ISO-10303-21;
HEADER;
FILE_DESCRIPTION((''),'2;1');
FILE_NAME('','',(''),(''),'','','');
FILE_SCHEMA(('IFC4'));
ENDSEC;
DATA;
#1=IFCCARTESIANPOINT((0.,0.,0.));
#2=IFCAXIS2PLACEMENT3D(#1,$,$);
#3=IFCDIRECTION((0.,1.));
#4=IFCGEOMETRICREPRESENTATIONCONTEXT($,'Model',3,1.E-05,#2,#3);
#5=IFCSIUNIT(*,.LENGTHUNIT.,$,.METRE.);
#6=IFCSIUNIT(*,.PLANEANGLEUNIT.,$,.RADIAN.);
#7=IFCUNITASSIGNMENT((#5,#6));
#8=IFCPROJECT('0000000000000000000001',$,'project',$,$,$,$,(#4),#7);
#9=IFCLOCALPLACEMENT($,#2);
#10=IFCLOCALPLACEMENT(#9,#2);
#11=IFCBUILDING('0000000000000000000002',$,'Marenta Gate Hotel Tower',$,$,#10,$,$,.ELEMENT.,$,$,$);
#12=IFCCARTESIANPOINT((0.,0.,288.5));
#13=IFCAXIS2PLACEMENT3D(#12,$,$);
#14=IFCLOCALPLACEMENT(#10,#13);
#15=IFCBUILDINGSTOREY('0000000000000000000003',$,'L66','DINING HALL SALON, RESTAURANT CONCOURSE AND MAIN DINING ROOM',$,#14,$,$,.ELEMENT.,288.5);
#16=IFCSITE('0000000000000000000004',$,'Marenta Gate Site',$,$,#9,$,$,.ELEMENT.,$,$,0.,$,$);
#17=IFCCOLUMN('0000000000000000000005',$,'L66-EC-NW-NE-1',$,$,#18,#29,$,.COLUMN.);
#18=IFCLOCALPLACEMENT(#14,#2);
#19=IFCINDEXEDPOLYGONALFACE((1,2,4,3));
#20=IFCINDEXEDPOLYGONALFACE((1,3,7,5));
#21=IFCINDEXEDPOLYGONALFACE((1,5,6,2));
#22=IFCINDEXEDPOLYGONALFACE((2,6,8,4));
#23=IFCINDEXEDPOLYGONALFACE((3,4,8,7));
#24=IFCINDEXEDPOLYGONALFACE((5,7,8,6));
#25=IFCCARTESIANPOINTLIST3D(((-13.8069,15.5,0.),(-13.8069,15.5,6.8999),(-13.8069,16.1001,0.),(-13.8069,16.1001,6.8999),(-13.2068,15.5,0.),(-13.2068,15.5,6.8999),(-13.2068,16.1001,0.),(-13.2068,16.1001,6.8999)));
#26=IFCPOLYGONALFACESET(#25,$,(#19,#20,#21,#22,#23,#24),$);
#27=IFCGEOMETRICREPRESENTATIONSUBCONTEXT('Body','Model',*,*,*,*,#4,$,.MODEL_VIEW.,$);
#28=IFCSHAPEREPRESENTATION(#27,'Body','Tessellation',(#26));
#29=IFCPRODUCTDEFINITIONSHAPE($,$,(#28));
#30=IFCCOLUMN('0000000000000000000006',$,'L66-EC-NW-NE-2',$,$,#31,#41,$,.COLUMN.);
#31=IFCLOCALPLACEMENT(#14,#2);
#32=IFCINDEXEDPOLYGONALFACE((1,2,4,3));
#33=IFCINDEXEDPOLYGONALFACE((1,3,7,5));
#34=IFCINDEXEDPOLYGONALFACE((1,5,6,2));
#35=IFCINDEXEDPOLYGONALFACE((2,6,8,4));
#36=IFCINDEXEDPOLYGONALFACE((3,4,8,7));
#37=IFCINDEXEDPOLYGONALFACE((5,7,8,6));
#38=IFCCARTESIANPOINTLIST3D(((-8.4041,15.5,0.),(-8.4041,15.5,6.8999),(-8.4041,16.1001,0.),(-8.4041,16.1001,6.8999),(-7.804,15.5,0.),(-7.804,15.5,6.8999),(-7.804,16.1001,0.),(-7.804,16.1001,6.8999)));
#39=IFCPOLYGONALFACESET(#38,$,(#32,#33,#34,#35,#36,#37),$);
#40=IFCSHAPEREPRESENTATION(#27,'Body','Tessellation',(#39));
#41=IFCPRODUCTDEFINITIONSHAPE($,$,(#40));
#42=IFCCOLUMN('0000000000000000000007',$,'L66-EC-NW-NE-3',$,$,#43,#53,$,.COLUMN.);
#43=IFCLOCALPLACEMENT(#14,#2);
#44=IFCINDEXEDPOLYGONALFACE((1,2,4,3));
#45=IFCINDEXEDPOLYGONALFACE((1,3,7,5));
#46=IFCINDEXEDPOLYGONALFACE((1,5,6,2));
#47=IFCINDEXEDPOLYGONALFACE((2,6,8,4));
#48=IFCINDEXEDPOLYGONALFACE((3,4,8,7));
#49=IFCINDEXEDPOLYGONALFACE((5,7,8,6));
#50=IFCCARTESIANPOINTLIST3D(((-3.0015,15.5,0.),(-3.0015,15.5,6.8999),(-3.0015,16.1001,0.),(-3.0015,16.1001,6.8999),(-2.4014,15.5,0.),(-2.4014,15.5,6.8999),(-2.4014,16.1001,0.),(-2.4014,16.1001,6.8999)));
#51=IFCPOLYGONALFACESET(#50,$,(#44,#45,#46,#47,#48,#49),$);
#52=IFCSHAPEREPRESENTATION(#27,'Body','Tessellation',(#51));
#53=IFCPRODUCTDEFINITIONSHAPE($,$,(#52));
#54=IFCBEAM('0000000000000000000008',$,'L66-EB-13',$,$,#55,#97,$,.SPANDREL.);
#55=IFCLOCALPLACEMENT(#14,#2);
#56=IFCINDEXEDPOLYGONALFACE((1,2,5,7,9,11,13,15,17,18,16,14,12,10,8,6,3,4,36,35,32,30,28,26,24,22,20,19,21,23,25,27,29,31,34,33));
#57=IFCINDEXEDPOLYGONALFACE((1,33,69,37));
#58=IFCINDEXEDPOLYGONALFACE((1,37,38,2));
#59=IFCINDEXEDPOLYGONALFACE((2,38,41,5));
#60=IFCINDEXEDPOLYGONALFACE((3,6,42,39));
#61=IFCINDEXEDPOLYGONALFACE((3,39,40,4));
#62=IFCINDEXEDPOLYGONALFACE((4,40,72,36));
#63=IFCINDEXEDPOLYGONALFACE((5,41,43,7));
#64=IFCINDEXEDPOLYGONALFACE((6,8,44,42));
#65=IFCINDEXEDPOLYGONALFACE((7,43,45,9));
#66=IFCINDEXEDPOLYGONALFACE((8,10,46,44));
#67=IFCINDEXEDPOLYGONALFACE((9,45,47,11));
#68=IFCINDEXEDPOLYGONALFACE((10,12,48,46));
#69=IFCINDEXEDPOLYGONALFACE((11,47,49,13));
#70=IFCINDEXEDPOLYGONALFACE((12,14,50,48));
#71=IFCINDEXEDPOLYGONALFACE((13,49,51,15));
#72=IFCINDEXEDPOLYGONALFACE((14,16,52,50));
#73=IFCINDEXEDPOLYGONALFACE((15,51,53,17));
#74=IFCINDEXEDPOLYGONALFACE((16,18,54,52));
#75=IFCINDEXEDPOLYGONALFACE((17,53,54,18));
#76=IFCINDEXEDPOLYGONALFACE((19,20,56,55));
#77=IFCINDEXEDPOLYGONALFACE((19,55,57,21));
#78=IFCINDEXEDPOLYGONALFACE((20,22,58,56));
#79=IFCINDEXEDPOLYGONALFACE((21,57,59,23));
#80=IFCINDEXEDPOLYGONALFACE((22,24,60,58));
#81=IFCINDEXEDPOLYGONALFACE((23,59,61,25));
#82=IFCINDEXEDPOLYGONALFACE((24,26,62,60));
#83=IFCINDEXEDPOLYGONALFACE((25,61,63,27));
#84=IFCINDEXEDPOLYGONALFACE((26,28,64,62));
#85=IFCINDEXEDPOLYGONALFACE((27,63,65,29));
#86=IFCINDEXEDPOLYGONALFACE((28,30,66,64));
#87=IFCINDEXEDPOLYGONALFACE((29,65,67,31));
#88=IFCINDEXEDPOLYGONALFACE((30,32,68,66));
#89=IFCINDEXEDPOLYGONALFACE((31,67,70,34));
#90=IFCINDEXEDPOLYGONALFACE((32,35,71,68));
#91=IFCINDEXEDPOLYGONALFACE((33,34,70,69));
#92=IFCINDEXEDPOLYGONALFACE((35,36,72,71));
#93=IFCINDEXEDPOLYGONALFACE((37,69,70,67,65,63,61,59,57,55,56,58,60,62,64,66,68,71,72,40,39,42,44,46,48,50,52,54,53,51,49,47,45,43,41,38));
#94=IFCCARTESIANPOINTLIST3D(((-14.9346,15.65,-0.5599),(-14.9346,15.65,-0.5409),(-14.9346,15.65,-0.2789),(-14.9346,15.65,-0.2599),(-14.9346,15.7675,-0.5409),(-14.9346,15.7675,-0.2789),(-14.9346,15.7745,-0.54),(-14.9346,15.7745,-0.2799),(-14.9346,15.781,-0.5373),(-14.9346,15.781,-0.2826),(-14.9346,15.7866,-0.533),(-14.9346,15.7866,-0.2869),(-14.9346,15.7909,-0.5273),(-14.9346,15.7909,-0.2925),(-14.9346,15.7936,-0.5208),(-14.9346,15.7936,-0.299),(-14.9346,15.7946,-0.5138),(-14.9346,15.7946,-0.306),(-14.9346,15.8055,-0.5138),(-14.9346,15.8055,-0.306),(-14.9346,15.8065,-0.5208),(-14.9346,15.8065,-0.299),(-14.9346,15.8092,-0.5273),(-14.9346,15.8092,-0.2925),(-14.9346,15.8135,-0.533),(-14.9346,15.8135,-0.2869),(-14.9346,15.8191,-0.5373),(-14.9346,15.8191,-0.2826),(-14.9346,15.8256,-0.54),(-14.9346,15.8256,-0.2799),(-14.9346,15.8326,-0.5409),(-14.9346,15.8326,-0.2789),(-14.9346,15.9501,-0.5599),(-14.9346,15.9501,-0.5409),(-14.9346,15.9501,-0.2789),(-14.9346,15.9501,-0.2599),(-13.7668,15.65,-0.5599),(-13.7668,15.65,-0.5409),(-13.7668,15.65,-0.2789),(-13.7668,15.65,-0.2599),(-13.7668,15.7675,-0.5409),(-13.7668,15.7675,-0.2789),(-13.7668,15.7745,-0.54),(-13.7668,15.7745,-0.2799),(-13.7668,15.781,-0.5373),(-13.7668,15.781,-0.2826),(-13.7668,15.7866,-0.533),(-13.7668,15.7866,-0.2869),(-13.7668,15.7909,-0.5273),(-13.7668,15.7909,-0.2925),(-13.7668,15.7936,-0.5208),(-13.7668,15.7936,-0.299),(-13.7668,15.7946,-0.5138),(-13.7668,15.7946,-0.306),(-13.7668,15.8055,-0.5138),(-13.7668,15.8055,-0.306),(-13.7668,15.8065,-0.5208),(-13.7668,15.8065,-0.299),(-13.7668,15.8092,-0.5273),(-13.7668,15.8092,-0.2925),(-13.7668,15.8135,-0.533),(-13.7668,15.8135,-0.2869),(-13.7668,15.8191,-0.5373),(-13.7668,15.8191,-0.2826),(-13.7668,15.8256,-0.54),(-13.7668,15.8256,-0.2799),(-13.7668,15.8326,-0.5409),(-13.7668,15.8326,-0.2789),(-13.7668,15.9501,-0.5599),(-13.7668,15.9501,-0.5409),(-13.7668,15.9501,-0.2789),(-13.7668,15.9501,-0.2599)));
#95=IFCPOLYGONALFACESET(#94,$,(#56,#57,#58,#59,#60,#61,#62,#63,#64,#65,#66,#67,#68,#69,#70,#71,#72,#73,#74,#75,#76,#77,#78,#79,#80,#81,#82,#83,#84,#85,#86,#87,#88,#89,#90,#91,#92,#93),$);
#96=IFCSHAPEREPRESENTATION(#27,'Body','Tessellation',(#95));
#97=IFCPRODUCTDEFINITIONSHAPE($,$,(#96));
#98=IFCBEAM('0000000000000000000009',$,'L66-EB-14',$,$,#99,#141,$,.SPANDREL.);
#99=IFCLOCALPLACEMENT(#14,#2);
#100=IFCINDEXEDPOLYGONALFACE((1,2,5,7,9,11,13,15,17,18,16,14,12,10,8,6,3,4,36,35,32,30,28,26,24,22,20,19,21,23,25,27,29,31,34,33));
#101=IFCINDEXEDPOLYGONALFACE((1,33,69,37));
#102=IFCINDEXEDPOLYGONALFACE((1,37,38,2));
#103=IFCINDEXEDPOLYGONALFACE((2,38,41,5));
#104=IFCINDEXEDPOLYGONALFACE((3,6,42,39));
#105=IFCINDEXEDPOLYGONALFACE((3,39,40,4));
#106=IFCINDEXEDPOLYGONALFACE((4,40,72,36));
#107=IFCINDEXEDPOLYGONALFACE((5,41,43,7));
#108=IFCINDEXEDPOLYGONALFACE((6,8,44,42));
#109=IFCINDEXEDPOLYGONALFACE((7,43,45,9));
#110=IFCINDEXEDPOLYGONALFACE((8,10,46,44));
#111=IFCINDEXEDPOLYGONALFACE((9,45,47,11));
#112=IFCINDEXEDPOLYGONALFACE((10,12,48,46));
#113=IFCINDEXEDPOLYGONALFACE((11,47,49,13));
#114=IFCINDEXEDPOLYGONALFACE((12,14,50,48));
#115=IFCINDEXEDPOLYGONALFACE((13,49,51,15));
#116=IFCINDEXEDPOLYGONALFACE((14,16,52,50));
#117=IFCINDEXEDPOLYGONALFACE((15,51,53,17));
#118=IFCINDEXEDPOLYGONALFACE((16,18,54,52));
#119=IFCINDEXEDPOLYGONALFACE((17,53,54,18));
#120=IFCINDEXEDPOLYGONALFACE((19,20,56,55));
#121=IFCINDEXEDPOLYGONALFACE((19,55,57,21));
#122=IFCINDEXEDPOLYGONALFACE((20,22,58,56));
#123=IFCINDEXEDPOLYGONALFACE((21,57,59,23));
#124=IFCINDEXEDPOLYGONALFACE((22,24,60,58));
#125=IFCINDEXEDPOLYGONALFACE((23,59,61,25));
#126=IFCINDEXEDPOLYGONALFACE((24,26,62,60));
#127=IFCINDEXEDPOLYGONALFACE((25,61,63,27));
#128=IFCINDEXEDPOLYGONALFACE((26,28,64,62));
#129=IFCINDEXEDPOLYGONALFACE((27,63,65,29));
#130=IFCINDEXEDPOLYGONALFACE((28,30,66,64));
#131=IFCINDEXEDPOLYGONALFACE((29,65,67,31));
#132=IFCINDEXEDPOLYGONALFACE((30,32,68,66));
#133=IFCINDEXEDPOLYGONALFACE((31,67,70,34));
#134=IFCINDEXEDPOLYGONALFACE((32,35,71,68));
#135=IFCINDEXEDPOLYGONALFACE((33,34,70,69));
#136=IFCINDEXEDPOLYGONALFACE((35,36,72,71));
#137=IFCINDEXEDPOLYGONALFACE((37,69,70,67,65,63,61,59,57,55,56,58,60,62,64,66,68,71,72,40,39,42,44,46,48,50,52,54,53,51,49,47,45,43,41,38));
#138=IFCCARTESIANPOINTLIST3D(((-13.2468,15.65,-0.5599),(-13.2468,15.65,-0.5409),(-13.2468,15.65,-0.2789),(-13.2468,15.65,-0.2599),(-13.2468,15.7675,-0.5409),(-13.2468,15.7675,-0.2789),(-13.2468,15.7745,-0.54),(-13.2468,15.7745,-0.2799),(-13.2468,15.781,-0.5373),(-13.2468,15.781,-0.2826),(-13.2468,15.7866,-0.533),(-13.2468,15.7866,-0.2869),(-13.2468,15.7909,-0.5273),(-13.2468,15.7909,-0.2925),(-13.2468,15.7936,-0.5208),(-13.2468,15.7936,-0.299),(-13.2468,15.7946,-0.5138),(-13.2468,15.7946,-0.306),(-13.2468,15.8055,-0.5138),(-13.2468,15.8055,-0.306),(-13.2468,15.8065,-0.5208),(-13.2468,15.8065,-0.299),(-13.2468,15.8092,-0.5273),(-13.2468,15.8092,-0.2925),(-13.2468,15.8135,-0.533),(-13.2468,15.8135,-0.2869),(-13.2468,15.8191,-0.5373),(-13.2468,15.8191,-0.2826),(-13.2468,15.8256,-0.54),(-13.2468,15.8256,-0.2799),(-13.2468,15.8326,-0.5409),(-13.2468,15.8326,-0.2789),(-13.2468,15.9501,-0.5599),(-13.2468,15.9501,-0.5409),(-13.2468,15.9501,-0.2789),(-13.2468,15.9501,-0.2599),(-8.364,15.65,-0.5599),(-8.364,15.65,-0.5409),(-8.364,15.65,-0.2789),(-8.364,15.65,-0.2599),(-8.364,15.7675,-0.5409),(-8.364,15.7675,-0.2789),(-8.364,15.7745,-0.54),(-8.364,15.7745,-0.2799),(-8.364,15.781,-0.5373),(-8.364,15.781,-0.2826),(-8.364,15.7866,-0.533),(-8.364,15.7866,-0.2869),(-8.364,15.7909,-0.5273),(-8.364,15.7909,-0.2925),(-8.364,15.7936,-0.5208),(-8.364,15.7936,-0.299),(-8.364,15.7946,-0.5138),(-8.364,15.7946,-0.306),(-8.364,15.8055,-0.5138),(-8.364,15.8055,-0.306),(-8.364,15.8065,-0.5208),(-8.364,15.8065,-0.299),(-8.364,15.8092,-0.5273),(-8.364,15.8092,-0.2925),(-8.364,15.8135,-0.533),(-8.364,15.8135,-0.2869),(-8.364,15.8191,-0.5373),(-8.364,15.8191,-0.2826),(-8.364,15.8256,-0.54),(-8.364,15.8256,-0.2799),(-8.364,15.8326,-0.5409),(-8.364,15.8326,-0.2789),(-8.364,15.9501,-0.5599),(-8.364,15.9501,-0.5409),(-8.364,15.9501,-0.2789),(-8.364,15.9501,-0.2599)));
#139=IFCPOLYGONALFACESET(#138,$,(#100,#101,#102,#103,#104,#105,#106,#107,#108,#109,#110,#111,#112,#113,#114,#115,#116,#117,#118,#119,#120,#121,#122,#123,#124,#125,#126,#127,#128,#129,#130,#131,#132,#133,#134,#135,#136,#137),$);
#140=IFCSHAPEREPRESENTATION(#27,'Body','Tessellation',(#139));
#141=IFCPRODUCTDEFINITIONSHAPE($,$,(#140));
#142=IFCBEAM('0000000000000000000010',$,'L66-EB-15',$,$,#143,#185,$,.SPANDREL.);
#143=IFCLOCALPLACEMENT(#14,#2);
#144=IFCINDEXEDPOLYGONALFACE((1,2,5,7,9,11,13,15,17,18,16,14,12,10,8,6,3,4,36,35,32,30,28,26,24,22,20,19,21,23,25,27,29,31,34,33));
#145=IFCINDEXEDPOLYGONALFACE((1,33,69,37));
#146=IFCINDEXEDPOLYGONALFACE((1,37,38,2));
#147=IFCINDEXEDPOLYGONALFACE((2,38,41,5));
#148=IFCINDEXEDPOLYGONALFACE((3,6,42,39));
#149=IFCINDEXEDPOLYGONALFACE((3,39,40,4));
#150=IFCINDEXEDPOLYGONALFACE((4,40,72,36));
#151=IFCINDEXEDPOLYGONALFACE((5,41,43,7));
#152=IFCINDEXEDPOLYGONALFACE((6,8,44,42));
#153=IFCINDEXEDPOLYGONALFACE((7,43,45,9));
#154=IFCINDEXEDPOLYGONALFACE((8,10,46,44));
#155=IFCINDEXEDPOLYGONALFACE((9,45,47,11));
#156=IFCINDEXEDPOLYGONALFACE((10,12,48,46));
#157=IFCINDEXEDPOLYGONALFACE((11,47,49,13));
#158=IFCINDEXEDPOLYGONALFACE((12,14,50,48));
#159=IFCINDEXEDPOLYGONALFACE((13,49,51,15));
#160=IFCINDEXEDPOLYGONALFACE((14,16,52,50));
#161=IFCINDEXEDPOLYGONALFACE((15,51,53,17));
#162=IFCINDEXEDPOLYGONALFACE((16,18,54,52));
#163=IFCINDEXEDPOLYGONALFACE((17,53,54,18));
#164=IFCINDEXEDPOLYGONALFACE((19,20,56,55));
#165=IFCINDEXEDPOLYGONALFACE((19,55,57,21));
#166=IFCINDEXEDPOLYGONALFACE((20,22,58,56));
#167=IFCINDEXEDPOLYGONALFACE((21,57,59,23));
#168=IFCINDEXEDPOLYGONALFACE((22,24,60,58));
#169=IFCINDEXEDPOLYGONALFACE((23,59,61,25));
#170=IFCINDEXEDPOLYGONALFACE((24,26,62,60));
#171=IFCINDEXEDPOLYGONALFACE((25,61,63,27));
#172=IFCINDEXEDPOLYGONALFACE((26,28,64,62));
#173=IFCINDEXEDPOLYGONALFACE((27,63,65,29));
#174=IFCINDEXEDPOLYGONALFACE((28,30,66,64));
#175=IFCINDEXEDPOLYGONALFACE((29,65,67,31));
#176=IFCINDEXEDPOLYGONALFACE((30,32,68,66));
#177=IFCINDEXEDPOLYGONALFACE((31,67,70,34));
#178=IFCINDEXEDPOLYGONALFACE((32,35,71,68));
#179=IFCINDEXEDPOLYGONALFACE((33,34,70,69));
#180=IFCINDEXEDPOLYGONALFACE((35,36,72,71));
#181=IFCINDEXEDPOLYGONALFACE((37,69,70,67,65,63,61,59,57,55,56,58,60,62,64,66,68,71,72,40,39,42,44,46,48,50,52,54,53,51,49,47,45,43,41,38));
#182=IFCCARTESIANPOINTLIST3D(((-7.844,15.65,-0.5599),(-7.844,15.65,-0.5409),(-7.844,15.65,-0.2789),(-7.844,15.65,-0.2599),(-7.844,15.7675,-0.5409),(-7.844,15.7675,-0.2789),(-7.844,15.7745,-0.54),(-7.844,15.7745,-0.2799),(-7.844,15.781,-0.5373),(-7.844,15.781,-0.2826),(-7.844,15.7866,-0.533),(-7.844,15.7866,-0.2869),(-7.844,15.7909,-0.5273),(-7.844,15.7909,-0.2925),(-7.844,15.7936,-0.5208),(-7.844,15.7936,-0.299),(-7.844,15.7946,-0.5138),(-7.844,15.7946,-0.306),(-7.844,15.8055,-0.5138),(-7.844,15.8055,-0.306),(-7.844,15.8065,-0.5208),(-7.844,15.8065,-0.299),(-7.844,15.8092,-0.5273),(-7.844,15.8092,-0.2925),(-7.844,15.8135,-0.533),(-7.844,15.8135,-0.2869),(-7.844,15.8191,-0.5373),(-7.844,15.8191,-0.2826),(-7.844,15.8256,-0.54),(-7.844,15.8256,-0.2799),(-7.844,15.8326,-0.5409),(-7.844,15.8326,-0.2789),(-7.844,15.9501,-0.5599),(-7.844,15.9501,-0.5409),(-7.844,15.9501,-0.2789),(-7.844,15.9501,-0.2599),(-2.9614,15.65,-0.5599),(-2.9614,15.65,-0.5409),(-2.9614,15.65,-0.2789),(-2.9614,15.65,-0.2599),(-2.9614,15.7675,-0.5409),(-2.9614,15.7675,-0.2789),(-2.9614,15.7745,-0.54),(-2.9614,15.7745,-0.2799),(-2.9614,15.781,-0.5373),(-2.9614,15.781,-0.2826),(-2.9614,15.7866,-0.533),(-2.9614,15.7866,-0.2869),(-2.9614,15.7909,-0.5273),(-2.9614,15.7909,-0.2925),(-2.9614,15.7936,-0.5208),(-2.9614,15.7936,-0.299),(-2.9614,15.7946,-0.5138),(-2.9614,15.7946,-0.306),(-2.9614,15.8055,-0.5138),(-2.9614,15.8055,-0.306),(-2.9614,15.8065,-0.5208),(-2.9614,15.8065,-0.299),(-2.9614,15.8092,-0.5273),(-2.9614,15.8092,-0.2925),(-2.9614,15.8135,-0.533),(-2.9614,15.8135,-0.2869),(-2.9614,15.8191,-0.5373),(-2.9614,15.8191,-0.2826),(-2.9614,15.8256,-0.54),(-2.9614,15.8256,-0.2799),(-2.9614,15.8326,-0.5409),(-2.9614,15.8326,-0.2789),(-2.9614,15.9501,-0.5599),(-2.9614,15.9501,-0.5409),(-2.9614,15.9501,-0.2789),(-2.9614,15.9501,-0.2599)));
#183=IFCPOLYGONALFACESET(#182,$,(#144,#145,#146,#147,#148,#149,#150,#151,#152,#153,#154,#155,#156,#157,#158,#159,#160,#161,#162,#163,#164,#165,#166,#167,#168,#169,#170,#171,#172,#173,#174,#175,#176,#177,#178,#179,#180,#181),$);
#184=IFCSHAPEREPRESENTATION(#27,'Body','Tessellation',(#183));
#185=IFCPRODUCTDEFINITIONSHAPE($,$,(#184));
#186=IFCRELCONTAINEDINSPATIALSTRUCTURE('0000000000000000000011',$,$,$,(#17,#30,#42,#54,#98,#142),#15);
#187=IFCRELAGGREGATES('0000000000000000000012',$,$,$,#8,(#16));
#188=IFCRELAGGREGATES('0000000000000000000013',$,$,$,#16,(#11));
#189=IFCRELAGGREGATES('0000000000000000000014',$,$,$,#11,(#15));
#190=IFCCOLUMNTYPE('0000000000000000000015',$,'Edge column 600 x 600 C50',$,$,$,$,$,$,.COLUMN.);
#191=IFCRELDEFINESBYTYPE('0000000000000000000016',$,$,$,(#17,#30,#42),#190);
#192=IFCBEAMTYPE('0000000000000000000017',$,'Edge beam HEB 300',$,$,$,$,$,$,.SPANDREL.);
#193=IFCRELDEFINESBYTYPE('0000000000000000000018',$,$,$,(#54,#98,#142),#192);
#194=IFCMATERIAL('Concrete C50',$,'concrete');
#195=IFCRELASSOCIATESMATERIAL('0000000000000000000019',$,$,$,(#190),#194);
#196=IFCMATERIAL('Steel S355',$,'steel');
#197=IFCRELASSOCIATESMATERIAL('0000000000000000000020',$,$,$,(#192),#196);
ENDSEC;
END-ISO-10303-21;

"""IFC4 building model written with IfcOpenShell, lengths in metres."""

from ifc_helpers import new_model, si_unit, direction, frame, origin, origin_2d, place, context, subcontext, project, spatial, rectangle, i_section, extrude, material, material_profile, profile_set, type_object, element, save


model = new_model("IFC4")

# Units and contexts
model_context = context("Model", 3, precision=1e-05, world=origin(), true_north=direction((0.0, 1.0)))
body_context = subcontext(model_context, "Body", "Model", "MODEL_VIEW")
ifc_project = project(units=[si_unit("LENGTHUNIT", "METRE"), si_unit("PLANEANGLEUNIT", "RADIAN")], contexts=[model_context])

# Site, building, storey
site_placement = place(None, origin())
site = spatial("IfcSite", under=ifc_project, at=site_placement, Name="Marenta Gate Site", CompositionType="ELEMENT", RefElevation=0.0)
building_placement = place(site_placement, origin())
building = spatial("IfcBuilding", under=site, at=building_placement, Name="Marenta Gate Hotel Tower", CompositionType="ELEMENT")
storey_placement = place(building_placement, frame((0.0, 0.0, 288.5)))
storey = spatial("IfcBuildingStorey", under=building, at=storey_placement, Name="L66", Description="DINING HALL SALON, RESTAURANT CONCOURSE AND MAIN DINING ROOM", CompositionType="ELEMENT", Elevation=288.5)

# Columns
ifc_material_1 = material(Name="Concrete C50", Category="concrete")
ifc_material_profile_1 = material_profile(ifc_material_1, rectangle(XDim=0.6001, YDim=0.6001, at=origin_2d()), Name="600 x 600")
ifc_profile_set_1 = profile_set([ifc_material_profile_1], Name="Concrete C50")
column_type = type_object("IfcColumnType", Name="Edge column 600 x 600 C50", PredefinedType="COLUMN", material=ifc_profile_set_1)
for number, where, z_axis, x_axis, name in (
    (1, (-13.5068, 15.8, 0.0), (0.0, 0.0, 1.0), (1.0, 0.0, 0.0), "L66-EC-NW-NE-1"),
    (2, (-8.104, 15.8, 0.0), (0.0, 0.0, 1.0), (1.0, 0.0, 0.0), "L66-EC-NW-NE-2"),
    (3, (-2.7014, 15.8, 0.0), (0.0, 0.0, 1.0), (1.0, 0.0, 0.0), "L66-EC-NW-NE-3"),
):
    element("IfcColumn", number, at=place(storey_placement, frame(where, z_axis=z_axis, x_axis=x_axis)), inside=storey, type_object=column_type, Name=name, PredefinedType="COLUMN", context=body_context, shape_type="SweptSolid", body=[
        extrude(rectangle(XDim=0.6001, YDim=0.6001, at=origin_2d()), origin(), (0.0, 0.0, 1.0), 6.8999),
    ])

# Beams
ifc_material_2 = material(Name="Steel S355", Category="steel")
ifc_material_profile_2 = material_profile(ifc_material_2, i_section(OverallWidth=0.3, OverallDepth=0.3, WebThickness=0.011, FlangeThickness=0.019, FilletRadius=0.0271, at=origin_2d()), Name="HEB 300")
ifc_profile_set_2 = profile_set([ifc_material_profile_2], Name="Steel S355")
beam_type = type_object("IfcBeamType", Name="Edge beam HEB 300", PredefinedType="SPANDREL", material=ifc_profile_set_2)
beam_1_placement = place(storey_placement, frame((-14.9346, 15.8, -0.4099), z_axis=(1.0, 0.0, 0.0), x_axis=(0.0, 1.0, 0.0)))
element("IfcBeam", 4, at=beam_1_placement, inside=storey, type_object=beam_type, Name="L66-EB-13", PredefinedType="SPANDREL", context=body_context, shape_type="SweptSolid", body=[
    extrude(i_section(OverallWidth=0.3, OverallDepth=0.3, WebThickness=0.011, FlangeThickness=0.019, FilletRadius=0.0271, at=origin_2d()), origin(), (0.0, 0.0, 1.0), 1.1677),
])
beam_2_placement = place(storey_placement, frame((-13.2468, 15.8, -0.4099), z_axis=(1.0, 0.0, 0.0), x_axis=(0.0, 1.0, 0.0)))
element("IfcBeam", 5, at=beam_2_placement, inside=storey, type_object=beam_type, Name="L66-EB-14", PredefinedType="SPANDREL", context=body_context, shape_type="SweptSolid", body=[
    extrude(i_section(OverallWidth=0.3, OverallDepth=0.3, WebThickness=0.011, FlangeThickness=0.019, FilletRadius=0.0271, at=origin_2d()), origin(), (0.0, 0.0, 1.0), 4.8828),
])
beam_3_placement = place(storey_placement, frame((-7.844, 15.8, -0.4099), z_axis=(1.0, 0.0, 0.0), x_axis=(0.0, 1.0, 0.0)))
element("IfcBeam", 6, at=beam_3_placement, inside=storey, type_object=beam_type, Name="L66-EB-15", PredefinedType="SPANDREL", context=body_context, shape_type="SweptSolid", body=[
    extrude(i_section(OverallWidth=0.3, OverallDepth=0.3, WebThickness=0.011, FlangeThickness=0.019, FilletRadius=0.0271, at=origin_2d()), origin(), (0.0, 0.0, 1.0), 4.8826),
])

save(model, "model.ifc")
